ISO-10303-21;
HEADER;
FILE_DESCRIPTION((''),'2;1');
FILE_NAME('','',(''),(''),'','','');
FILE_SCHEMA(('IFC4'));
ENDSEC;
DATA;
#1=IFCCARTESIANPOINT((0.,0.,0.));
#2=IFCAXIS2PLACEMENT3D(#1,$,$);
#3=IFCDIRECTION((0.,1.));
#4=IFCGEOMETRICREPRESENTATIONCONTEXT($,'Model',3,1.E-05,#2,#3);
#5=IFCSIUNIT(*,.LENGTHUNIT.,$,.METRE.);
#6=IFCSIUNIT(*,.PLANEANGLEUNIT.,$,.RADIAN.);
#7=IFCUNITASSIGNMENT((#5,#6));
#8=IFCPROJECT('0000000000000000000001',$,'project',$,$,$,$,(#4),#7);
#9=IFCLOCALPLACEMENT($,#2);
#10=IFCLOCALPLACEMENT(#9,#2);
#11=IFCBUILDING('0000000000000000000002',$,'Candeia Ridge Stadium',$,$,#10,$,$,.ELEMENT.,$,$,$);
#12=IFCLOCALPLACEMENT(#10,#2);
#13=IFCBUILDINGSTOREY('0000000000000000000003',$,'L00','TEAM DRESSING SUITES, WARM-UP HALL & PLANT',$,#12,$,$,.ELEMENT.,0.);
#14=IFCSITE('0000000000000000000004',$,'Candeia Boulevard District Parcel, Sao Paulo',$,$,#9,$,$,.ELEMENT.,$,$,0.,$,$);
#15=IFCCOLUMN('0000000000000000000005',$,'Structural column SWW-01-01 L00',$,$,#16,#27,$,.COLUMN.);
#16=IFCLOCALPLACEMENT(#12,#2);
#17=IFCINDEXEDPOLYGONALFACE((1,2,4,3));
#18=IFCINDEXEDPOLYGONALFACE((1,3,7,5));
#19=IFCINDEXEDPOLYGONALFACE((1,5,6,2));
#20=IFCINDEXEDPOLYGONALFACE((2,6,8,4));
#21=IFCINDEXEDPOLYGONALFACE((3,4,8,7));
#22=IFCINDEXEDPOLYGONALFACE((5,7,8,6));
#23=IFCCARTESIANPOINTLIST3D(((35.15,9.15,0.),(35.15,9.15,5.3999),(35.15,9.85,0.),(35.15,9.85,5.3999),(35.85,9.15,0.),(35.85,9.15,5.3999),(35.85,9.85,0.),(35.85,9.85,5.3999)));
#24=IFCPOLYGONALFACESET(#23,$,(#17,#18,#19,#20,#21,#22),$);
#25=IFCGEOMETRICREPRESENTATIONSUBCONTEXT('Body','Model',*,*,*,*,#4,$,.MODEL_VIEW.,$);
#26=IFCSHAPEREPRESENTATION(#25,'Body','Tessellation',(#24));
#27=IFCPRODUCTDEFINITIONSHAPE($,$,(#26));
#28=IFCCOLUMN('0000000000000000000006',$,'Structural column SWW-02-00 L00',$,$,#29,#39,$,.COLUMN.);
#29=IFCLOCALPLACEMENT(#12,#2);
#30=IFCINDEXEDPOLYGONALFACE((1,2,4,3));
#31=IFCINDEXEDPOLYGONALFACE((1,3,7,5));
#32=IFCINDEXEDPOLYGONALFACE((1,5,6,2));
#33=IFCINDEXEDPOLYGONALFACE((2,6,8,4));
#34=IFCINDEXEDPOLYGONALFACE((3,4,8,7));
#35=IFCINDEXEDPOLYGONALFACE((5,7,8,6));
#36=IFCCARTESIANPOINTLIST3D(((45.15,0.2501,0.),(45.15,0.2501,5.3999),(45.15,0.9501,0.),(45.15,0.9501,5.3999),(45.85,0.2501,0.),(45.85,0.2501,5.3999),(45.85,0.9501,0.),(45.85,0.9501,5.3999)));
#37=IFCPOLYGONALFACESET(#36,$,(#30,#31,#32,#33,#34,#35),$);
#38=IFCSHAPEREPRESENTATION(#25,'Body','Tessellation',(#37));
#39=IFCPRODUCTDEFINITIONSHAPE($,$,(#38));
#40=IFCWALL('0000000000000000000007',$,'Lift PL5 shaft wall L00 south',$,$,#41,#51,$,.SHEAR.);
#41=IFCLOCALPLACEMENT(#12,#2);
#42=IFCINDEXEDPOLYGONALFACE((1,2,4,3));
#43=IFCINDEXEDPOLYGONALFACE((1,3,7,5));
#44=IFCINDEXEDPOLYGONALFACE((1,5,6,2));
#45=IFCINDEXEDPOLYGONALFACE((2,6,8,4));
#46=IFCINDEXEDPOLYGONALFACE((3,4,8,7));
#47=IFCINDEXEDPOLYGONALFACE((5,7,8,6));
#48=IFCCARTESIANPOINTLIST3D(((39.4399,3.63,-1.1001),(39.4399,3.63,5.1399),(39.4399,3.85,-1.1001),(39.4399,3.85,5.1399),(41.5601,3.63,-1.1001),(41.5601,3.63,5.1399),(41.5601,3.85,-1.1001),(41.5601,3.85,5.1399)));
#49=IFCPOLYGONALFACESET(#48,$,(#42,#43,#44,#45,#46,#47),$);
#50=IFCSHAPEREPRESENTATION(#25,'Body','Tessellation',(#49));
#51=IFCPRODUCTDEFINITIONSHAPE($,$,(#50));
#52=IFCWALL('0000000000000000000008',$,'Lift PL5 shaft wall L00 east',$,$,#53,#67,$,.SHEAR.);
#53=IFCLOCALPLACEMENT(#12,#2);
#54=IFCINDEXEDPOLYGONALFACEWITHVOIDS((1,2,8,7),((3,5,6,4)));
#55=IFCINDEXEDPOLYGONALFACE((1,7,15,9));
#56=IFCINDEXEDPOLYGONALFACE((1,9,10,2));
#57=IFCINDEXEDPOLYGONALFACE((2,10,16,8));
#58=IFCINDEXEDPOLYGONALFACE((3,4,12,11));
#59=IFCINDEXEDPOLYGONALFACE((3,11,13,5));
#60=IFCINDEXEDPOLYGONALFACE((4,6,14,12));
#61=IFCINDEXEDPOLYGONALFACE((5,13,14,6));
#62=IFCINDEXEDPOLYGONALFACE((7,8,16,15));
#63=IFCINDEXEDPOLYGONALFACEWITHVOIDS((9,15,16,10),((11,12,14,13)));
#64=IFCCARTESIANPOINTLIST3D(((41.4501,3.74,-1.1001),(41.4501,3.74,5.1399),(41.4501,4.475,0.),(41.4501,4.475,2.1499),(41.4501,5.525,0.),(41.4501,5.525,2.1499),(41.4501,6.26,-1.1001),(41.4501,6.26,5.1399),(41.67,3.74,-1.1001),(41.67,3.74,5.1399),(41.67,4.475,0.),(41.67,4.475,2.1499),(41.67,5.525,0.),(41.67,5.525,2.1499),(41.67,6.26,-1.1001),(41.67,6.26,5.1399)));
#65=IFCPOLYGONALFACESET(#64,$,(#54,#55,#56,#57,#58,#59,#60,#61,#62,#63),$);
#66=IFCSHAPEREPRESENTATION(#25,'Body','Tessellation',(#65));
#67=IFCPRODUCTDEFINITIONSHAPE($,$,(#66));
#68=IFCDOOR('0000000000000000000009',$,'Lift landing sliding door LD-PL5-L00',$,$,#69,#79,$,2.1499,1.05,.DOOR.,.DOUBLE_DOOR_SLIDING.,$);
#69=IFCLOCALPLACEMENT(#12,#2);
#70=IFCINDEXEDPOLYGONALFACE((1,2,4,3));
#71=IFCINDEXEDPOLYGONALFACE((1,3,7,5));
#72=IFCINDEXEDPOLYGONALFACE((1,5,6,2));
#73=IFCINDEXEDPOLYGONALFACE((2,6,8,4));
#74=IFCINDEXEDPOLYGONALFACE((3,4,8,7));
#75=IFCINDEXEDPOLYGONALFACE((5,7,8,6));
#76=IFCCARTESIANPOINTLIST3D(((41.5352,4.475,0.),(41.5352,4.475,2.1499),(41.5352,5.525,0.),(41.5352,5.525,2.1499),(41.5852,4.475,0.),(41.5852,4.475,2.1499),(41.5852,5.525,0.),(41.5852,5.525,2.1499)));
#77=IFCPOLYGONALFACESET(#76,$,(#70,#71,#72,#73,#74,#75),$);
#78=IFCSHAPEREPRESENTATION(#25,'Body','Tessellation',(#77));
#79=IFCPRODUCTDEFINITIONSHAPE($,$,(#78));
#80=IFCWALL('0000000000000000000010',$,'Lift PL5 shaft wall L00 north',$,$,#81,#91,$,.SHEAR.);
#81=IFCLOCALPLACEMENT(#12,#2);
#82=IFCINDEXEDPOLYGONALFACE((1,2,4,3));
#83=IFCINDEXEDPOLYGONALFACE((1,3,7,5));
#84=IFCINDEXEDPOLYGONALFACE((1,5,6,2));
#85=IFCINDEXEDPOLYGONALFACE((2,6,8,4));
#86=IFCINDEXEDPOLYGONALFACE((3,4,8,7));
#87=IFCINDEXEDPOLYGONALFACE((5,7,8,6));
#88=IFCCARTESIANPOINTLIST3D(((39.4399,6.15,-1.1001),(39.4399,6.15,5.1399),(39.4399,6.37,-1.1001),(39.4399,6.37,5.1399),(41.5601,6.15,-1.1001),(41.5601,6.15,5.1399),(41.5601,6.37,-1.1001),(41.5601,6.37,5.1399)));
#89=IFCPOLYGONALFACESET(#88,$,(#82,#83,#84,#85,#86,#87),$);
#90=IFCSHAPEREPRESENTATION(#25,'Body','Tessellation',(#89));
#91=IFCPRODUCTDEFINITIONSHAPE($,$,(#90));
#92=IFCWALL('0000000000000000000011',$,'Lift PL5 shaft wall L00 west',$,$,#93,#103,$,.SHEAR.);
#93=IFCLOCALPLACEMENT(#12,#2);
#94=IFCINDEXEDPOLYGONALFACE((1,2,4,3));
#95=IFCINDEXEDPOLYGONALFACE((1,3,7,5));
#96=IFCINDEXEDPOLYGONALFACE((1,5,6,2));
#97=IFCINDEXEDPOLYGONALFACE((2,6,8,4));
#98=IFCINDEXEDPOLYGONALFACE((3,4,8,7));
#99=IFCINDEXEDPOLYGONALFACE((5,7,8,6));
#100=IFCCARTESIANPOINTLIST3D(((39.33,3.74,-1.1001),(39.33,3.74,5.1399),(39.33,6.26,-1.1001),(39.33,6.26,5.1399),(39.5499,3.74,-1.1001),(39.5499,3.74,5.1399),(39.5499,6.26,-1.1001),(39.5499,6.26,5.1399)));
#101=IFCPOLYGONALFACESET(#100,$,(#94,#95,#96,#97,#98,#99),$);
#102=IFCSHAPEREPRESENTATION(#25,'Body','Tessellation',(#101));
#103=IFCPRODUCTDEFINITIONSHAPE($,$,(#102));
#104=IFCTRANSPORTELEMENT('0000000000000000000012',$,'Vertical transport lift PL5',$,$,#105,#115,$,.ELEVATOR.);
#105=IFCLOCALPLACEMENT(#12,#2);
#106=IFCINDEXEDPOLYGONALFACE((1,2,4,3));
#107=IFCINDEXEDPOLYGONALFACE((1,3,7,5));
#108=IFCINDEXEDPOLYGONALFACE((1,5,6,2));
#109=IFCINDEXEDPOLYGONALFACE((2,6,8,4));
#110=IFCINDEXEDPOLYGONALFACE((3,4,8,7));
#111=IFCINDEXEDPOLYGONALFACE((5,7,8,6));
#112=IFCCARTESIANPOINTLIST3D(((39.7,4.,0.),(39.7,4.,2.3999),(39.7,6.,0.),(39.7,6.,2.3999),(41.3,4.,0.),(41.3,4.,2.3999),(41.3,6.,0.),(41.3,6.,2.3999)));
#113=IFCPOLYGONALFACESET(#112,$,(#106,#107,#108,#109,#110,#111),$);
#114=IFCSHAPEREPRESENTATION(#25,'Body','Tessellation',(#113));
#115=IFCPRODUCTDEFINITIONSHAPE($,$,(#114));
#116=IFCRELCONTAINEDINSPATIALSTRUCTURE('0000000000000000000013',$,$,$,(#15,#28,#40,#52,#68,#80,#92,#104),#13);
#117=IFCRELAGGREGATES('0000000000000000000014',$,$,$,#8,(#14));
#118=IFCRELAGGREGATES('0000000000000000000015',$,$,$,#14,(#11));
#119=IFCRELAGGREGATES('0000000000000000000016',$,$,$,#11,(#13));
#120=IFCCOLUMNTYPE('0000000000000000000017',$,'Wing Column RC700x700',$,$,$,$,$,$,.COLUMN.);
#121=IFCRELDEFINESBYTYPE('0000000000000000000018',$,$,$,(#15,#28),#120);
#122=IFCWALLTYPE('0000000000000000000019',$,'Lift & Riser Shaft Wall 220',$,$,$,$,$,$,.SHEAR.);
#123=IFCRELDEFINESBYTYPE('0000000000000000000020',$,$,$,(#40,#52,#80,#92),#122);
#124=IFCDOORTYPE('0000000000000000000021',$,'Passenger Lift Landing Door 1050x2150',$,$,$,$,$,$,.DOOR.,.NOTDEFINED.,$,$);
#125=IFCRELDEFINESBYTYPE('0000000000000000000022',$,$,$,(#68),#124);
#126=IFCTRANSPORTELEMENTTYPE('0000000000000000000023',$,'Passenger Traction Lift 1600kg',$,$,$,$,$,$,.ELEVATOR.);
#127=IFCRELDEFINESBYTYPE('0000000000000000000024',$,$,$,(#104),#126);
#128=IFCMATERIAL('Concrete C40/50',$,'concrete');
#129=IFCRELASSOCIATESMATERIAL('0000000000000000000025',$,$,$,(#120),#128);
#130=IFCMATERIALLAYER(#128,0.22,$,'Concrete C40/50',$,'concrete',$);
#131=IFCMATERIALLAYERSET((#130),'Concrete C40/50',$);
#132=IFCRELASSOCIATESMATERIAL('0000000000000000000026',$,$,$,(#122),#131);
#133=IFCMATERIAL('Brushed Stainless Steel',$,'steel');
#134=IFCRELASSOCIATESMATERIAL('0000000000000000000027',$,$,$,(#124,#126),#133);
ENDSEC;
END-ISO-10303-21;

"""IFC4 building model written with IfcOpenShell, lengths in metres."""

from ifc_helpers import new_model, si_unit, direction, frame, frame_2d, origin, origin_2d, place, context, subcontext, project, spatial, rectangle, extrude, material, layer, layer_set, material_profile, profile_set, type_object, element, fill, save


model = new_model("IFC4")

# Units and contexts
model_context = context("Model", 3, precision=1e-05, world=origin(), true_north=direction((0.0, 1.0)))
body_context = subcontext(model_context, "Body", "Model", "MODEL_VIEW")
ifc_project = project(units=[si_unit("LENGTHUNIT", "METRE"), si_unit("PLANEANGLEUNIT", "RADIAN")], contexts=[model_context])

# Site, building, storey
site_placement = place(None, origin())
site = spatial("IfcSite", under=ifc_project, at=site_placement, Name="Candeia Boulevard District Parcel, Sao Paulo", CompositionType="ELEMENT", RefElevation=0.0)
building_placement = place(site_placement, origin())
building = spatial("IfcBuilding", under=site, at=building_placement, Name="Candeia Ridge Stadium", CompositionType="ELEMENT")
storey_placement = place(building_placement, origin())
storey = spatial("IfcBuildingStorey", under=building, at=storey_placement, Name="L00", Description="TEAM DRESSING SUITES, WARM-UP HALL & PLANT", CompositionType="ELEMENT", Elevation=0.0)

# Shared definitions
ifc_material_1 = material(Name="Concrete C40/50", Category="concrete")

# Columns
ifc_material_profile_1 = material_profile(ifc_material_1, rectangle(XDim=0.7, YDim=0.7, at=origin_2d()), Name="RC700x700", Category="concrete")
ifc_profile_set_1 = profile_set([ifc_material_profile_1], Name="Concrete C40/50")
column_type_1 = type_object("IfcColumnType", Name="Wing Column RC700x700", PredefinedType="COLUMN", material=ifc_profile_set_1)
for number, where, z_axis, x_axis, name in (
    (1, (35.5, 9.5, 0.0), (0.0, 0.0, 1.0), (1.0, 0.0, 0.0), "Structural column SWW-01-01 L00"),
    (2, (45.5, 0.6001, 0.0), (0.0, 0.0, 1.0), (1.0, 0.0, 0.0), "Structural column SWW-02-00 L00"),
):
    element("IfcColumn", number, at=place(storey_placement, frame(where, z_axis=z_axis, x_axis=x_axis)), inside=storey, type_object=column_type_1, Name=name, PredefinedType="COLUMN", context=body_context, shape_type="SweptSolid", body=[
        extrude(rectangle(XDim=0.7, YDim=0.7, at=origin_2d()), origin(), (0.0, 0.0, 1.0), 5.3999),
    ])

# Wall
ifc_layer_1 = layer(ifc_material_1, 0.22, Name="Concrete C40/50", Category="concrete")
ifc_layer_set_1 = layer_set([ifc_layer_1], Name="Concrete C40/50")
wall_type_1 = type_object("IfcWallType", Name="Lift & Riser Shaft Wall 220", PredefinedType="SHEAR", material=ifc_layer_set_1)
wall_1_placement = place(storey_placement, frame((39.4399, 3.74, -1.1001), z_axis=(0.0, 0.0, 1.0), x_axis=(1.0, 0.0, 0.0)))
element("IfcWall", 3, at=wall_1_placement, inside=storey, type_object=wall_type_1, Name="Lift PL5 shaft wall L00 south", PredefinedType="SHEAR", context=body_context, shape_type="SweptSolid", body=[
    extrude(rectangle(XDim=2.1201, YDim=0.22, at=frame_2d((1.0601, 0.0))), origin(), (0.0, 0.0, 1.0), 6.24),
])

# Wall, opening, door
wall_2_placement = place(storey_placement, frame((41.5601, 3.74, -1.1001), z_axis=(0.0, 0.0, 1.0), x_axis=(0.0, 1.0, 0.0)))
wall_2 = element("IfcWall", 4, at=wall_2_placement, inside=storey, type_object=wall_type_1, Name="Lift PL5 shaft wall L00 east", PredefinedType="SHEAR", context=body_context, shape_type="SweptSolid", body=[
    extrude(rectangle(XDim=2.52, YDim=0.22, at=frame_2d((1.26, 0.0))), origin(), (0.0, 0.0, 1.0), 6.24),
])
opening_1_placement = place(wall_2_placement, frame((0.7351, 0.0, 1.1001)))
opening_1 = element("IfcOpeningElement", 5, at=opening_1_placement, cuts=wall_2, PredefinedType="OPENING", context=body_context, shape_type="SweptSolid", body=[
    extrude(rectangle(XDim=1.05, YDim=2.1499, at=frame_2d((0.5249, 1.075))), frame((0.0, 0.1199, 0.0), z_axis=(0.0, -1.0, 0.0), x_axis=(1.0, 0.0, 0.0)), (0.0, 0.0, 1.0), 0.24),
])
ifc_material_2 = material(Name="Brushed Stainless Steel", Category="steel")
door_type_1 = type_object("IfcDoorType", Name="Passenger Lift Landing Door 1050x2150", OperationType="NOTDEFINED", PredefinedType="DOOR", material=ifc_material_2)
door_1_placement = place(opening_1_placement, origin())
door_1 = element("IfcDoor", 6, at=door_1_placement, inside=storey, type_object=door_type_1, Name="Lift landing sliding door LD-PL5-L00", OperationType="DOUBLE_DOOR_SLIDING", OverallHeight=2.1499, OverallWidth=1.05, PredefinedType="DOOR", context=body_context, shape_type="SweptSolid", body=[
    extrude(rectangle(XDim=1.05, YDim=2.1499, at=frame_2d((0.5249, 1.075))), frame((0.0, 0.0249, 0.0), z_axis=(0.0, -1.0, 0.0), x_axis=(1.0, 0.0, 0.0)), (0.0, 0.0, 1.0), 0.05),
])
fill(opening_1, door_1)

# Walls
wall_3_placement = place(storey_placement, frame((41.5601, 6.26, -1.1001), z_axis=(0.0, 0.0, 1.0), x_axis=(-1.0, 0.0, 0.0)))
element("IfcWall", 7, at=wall_3_placement, inside=storey, type_object=wall_type_1, Name="Lift PL5 shaft wall L00 north", PredefinedType="SHEAR", context=body_context, shape_type="SweptSolid", body=[
    extrude(rectangle(XDim=2.1201, YDim=0.22, at=frame_2d((1.0601, 0.0))), origin(), (0.0, 0.0, 1.0), 6.24),
])
wall_4_placement = place(storey_placement, frame((39.4399, 6.26, -1.1001), z_axis=(0.0, 0.0, 1.0), x_axis=(0.0, -1.0, 0.0)))
element("IfcWall", 8, at=wall_4_placement, inside=storey, type_object=wall_type_1, Name="Lift PL5 shaft wall L00 west", PredefinedType="SHEAR", context=body_context, shape_type="SweptSolid", body=[
    extrude(rectangle(XDim=2.52, YDim=0.22, at=frame_2d((1.26, 0.0))), origin(), (0.0, 0.0, 1.0), 6.24),
])

# Transport element
transport_element_type = type_object("IfcTransportElementType", Name="Passenger Traction Lift 1600kg", PredefinedType="ELEVATOR", material=ifc_material_2)
transport_element_placement = place(storey_placement, frame((40.5, 5.0, 0.0), z_axis=(0.0, 0.0, 1.0), x_axis=(1.0, 0.0, 0.0)))
element("IfcTransportElement", 9, at=transport_element_placement, inside=storey, type_object=transport_element_type, Name="Vertical transport lift PL5", PredefinedType="ELEVATOR", context=body_context, shape_type="SweptSolid", body=[
    extrude(rectangle(XDim=1.6001, YDim=2.0, at=origin_2d()), origin(), (0.0, 0.0, 1.0), 2.3999),
])

save(model, "model.ifc")
